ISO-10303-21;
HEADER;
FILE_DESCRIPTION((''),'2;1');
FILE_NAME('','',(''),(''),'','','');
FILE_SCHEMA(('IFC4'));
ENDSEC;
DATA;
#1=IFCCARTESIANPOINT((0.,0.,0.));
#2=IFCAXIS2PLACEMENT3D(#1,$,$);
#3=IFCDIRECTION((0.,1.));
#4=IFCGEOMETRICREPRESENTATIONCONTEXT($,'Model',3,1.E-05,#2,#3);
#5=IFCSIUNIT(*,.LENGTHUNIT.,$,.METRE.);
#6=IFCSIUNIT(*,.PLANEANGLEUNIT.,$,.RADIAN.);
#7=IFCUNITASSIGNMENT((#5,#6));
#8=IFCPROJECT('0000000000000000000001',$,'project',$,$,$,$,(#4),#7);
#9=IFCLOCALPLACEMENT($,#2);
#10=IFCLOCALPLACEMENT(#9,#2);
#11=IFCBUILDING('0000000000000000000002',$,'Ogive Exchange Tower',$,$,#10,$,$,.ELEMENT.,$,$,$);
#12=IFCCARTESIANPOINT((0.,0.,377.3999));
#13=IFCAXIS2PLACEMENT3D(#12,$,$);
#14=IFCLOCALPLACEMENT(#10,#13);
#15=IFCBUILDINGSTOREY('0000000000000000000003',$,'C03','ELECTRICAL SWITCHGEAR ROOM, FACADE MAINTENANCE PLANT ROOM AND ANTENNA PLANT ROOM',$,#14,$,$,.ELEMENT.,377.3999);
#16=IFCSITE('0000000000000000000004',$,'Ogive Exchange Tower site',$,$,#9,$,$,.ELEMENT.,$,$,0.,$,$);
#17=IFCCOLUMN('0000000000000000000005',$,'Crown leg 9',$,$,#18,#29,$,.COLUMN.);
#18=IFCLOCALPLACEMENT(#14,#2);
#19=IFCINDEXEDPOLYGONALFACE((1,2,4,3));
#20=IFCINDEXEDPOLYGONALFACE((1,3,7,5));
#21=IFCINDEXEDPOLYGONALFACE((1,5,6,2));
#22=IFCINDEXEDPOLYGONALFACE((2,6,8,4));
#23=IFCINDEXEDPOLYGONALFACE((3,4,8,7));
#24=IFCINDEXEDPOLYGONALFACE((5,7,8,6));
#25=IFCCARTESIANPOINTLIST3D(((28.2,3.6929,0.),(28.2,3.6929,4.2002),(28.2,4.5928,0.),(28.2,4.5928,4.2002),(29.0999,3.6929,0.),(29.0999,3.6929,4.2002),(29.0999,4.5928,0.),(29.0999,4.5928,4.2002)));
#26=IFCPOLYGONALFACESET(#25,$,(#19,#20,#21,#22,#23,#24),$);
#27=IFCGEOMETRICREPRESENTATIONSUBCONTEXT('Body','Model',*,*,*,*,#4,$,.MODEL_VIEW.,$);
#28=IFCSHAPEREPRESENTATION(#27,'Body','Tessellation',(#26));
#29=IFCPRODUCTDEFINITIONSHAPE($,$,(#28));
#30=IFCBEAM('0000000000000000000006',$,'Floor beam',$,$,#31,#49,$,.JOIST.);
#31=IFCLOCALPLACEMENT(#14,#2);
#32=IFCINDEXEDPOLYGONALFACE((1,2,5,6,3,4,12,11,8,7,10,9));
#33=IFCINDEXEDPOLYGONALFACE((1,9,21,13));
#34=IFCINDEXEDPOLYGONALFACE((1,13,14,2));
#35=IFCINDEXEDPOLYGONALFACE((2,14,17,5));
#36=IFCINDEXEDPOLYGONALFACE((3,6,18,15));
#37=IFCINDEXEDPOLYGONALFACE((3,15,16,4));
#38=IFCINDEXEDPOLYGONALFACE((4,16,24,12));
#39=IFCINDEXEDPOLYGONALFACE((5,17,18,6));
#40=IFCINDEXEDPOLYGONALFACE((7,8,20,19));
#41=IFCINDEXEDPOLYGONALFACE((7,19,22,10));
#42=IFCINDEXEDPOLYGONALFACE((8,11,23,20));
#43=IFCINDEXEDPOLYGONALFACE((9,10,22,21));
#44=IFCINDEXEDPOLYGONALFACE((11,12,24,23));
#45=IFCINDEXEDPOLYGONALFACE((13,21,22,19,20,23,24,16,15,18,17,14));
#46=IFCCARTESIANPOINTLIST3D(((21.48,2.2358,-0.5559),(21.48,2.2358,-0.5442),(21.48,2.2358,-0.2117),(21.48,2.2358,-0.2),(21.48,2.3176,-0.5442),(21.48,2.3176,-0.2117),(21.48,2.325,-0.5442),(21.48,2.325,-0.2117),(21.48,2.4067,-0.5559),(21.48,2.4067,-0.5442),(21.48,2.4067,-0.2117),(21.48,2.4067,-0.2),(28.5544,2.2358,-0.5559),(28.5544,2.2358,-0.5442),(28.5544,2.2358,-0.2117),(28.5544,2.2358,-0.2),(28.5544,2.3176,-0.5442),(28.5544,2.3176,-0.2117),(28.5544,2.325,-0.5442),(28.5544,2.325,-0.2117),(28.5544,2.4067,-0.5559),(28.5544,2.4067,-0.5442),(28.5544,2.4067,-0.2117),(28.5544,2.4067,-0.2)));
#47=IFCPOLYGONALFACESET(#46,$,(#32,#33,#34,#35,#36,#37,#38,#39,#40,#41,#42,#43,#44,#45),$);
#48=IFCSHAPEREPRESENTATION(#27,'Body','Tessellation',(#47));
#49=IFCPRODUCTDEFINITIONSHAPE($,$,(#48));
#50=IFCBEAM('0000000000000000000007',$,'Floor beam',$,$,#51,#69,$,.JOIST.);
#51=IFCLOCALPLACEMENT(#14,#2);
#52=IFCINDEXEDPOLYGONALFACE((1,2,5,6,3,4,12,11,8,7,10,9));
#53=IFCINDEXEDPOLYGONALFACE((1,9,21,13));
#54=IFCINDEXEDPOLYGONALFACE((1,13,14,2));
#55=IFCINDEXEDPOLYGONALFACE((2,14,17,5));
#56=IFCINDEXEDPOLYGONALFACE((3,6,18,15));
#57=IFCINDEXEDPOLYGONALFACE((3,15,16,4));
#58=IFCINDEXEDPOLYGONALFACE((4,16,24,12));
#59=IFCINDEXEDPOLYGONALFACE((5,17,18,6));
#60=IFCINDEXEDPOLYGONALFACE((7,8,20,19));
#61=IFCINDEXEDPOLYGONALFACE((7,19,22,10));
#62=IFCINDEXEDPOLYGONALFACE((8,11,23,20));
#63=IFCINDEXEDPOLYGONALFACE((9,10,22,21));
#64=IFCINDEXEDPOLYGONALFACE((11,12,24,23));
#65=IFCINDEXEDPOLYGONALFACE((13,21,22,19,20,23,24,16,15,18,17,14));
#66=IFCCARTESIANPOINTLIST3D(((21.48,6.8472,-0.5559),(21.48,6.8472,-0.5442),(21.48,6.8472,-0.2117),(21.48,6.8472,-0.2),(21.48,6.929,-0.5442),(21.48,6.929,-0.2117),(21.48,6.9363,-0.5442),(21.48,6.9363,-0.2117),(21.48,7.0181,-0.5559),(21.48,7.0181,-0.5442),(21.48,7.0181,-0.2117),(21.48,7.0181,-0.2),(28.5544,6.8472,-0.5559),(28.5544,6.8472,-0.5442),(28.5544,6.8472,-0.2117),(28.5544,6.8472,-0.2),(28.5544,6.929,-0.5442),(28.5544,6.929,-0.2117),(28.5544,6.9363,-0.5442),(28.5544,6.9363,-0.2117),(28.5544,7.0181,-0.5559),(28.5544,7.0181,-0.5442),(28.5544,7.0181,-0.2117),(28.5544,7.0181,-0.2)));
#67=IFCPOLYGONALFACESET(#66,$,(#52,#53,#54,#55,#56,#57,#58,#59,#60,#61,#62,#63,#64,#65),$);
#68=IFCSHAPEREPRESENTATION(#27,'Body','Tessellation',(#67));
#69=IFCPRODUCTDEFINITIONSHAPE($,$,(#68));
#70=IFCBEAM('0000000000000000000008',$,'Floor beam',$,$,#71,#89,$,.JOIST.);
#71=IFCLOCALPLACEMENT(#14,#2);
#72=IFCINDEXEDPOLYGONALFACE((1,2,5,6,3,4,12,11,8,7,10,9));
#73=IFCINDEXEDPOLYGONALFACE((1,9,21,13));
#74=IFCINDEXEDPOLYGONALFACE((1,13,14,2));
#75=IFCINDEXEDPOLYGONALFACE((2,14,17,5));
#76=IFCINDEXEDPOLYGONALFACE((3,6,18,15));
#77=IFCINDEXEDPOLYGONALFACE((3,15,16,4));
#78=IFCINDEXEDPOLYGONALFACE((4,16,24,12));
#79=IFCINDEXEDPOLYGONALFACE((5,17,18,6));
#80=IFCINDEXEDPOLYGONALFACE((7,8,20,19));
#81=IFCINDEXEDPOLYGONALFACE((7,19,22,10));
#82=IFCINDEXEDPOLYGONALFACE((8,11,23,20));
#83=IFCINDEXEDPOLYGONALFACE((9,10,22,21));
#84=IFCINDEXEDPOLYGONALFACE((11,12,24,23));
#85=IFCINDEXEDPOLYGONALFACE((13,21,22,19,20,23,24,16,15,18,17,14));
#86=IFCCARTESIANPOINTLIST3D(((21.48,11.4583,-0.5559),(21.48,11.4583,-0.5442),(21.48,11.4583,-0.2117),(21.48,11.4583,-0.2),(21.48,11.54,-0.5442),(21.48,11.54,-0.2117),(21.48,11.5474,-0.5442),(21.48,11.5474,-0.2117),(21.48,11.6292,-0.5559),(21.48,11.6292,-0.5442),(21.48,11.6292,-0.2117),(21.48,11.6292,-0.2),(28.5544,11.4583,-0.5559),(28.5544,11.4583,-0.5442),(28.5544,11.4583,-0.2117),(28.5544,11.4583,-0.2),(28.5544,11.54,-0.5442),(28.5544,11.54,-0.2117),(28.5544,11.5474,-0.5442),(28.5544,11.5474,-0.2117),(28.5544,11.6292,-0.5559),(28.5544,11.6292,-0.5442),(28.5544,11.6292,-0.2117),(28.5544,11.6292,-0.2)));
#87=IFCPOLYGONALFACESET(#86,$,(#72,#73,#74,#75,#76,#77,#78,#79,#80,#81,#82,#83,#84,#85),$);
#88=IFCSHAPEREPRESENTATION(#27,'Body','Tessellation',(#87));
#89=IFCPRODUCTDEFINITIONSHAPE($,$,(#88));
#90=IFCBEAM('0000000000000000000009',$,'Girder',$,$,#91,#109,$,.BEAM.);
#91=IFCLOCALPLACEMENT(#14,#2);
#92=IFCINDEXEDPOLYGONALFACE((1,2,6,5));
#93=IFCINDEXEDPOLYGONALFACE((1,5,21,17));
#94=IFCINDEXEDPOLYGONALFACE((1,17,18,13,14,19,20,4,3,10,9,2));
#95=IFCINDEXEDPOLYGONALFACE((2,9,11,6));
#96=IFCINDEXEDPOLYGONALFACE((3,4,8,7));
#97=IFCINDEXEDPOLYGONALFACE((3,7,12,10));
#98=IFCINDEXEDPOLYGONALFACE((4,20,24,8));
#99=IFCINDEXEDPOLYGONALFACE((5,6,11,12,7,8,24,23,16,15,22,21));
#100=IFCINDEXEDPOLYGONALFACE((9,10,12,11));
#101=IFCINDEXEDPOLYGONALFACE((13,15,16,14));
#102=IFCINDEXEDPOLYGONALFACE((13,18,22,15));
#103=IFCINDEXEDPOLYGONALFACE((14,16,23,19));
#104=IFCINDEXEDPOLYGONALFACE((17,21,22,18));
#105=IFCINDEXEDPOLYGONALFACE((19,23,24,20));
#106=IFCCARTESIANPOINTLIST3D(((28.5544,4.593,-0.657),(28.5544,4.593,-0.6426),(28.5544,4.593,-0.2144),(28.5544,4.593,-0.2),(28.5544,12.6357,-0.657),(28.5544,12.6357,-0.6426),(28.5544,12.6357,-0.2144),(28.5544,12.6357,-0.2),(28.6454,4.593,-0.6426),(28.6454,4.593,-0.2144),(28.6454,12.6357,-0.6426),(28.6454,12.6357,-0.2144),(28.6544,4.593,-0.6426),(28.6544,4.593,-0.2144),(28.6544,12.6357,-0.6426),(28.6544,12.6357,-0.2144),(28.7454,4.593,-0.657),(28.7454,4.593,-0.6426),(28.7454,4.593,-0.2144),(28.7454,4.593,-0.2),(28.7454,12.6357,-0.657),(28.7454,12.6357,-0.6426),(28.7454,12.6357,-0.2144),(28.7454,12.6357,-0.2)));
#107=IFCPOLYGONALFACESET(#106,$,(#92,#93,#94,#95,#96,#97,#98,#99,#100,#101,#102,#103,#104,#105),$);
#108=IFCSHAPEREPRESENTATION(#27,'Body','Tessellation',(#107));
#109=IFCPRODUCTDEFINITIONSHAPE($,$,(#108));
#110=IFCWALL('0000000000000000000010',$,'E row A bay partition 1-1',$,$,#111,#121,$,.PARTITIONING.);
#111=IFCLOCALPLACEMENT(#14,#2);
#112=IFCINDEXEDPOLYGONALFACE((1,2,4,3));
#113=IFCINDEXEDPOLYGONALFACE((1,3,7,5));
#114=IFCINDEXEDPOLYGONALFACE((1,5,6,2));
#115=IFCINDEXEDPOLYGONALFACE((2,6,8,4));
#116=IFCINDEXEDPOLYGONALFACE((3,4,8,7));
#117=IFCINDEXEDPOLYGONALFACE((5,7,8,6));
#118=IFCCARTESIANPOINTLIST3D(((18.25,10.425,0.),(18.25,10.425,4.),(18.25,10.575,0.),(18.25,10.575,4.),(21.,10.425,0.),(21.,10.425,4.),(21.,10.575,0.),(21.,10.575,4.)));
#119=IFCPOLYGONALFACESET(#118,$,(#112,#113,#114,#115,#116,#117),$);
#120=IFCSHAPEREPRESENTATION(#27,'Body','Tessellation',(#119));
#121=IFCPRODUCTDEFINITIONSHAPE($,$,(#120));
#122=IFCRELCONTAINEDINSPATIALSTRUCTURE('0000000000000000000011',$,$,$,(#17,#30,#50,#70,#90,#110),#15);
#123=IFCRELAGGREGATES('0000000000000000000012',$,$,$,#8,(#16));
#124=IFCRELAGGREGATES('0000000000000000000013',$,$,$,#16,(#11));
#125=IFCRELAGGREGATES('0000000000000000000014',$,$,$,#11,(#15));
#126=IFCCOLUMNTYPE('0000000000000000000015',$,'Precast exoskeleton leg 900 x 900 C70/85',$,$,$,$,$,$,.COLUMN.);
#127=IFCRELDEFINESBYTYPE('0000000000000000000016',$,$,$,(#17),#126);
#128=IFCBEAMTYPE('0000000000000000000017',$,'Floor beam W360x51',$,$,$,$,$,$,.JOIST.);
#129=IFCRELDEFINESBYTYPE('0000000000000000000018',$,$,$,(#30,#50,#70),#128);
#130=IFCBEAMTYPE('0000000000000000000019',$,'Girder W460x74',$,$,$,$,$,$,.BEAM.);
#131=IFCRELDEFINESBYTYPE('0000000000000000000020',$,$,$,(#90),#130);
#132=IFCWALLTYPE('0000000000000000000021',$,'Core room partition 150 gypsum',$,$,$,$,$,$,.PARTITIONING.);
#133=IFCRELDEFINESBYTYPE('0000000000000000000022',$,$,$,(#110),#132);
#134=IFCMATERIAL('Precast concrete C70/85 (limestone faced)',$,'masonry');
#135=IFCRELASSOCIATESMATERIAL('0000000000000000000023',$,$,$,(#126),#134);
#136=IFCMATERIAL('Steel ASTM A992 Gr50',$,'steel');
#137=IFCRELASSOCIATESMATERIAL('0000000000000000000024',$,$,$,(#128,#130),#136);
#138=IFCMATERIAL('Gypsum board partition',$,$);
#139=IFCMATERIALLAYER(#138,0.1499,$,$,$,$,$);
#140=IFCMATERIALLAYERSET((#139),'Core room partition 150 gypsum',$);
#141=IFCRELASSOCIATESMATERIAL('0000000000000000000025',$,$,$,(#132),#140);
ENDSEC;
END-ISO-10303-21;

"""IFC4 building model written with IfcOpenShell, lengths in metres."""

from ifc_helpers import new_model, si_unit, direction, frame, frame_2d, origin, origin_2d, place, context, subcontext, project, spatial, rectangle, i_section, extrude, material, layer, layer_set, material_profile, profile_set, type_object, element, save


model = new_model("IFC4")

# Units and contexts
model_context = context("Model", 3, precision=1e-05, world=origin(), true_north=direction((0.0, 1.0)))
body_context = subcontext(model_context, "Body", "Model", "MODEL_VIEW")
ifc_project = project(units=[si_unit("LENGTHUNIT", "METRE"), si_unit("PLANEANGLEUNIT", "RADIAN")], contexts=[model_context])

# Site, building, storey
site_placement = place(None, origin())
site = spatial("IfcSite", under=ifc_project, at=site_placement, Name="Ogive Exchange Tower site", CompositionType="ELEMENT", RefElevation=0.0)
building_placement = place(site_placement, origin())
building = spatial("IfcBuilding", under=site, at=building_placement, Name="Ogive Exchange Tower", CompositionType="ELEMENT")
storey_placement = place(building_placement, frame((0.0, 0.0, 377.3999)))
storey = spatial("IfcBuildingStorey", under=building, at=storey_placement, Name="C03", Description="ELECTRICAL SWITCHGEAR ROOM, FACADE MAINTENANCE PLANT ROOM AND ANTENNA PLANT ROOM", CompositionType="ELEMENT", Elevation=377.3999)

# Column
ifc_material_1 = material(Name="Precast concrete C70/85 (limestone faced)", Category="masonry")
ifc_material_profile_1 = material_profile(ifc_material_1, rectangle(XDim=0.8999, YDim=0.8999, at=origin_2d()), Name="900 x 900")
ifc_profile_set_1 = profile_set([ifc_material_profile_1], Name="Precast concrete C70/85 (limestone faced)")
column_type = type_object("IfcColumnType", Name="Precast exoskeleton leg 900 x 900 C70/85", PredefinedType="COLUMN", material=ifc_profile_set_1)
column_placement = place(storey_placement, frame((28.6499, 4.1428, 0.0), z_axis=(0.0, 0.0, 1.0), x_axis=(1.0, 0.0, 0.0)))
element("IfcColumn", 1, at=column_placement, inside=storey, type_object=column_type, Name="Crown leg 9", PredefinedType="COLUMN", context=body_context, shape_type="SweptSolid", body=[
    extrude(rectangle(XDim=0.8999, YDim=0.8999, at=origin_2d()), origin(), (0.0, 0.0, 1.0), 4.2002),
])

# Beams
ifc_material_2 = material(Name="Steel ASTM A992 Gr50", Category="steel")
ifc_material_profile_2 = material_profile(ifc_material_2, i_section(OverallWidth=0.1709, OverallDepth=0.356, WebThickness=0.0073, FlangeThickness=0.0117, at=origin_2d()), Name="W360x51")
ifc_profile_set_2 = profile_set([ifc_material_profile_2], Name="Steel ASTM A992 Gr50")
beam_type_1 = type_object("IfcBeamType", Name="Floor beam W360x51", PredefinedType="JOIST", material=ifc_profile_set_2)
for number, where, z_axis, x_axis, name in (
    (2, (21.48, 2.3213, -0.3779), (1.0, 0.0, 0.0), (0.0, 1.0, 0.0), "Floor beam"),
    (3, (21.48, 6.9326, -0.3779), (1.0, 0.0, 0.0), (0.0, 1.0, 0.0), "Floor beam"),
    (4, (21.48, 11.5437, -0.3779), (1.0, 0.0, 0.0), (0.0, 1.0, 0.0), "Floor beam"),
):
    element("IfcBeam", number, at=place(storey_placement, frame(where, z_axis=z_axis, x_axis=x_axis)), inside=storey, type_object=beam_type_1, Name=name, PredefinedType="JOIST", context=body_context, shape_type="SweptSolid", body=[
        extrude(i_section(OverallWidth=0.1709, OverallDepth=0.356, WebThickness=0.0073, FlangeThickness=0.0117, at=origin_2d()), origin(), (0.0, 0.0, 1.0), 7.0745),
    ])
ifc_material_profile_3 = material_profile(ifc_material_2, i_section(OverallWidth=0.1909, OverallDepth=0.457, WebThickness=0.009, FlangeThickness=0.0144, at=origin_2d()), Name="W460x74")
ifc_profile_set_3 = profile_set([ifc_material_profile_3], Name="Steel ASTM A992 Gr50")
beam_type_2 = type_object("IfcBeamType", Name="Girder W460x74", PredefinedType="BEAM", material=ifc_profile_set_3)
beam_placement = place(storey_placement, frame((28.6499, 4.593, -0.4285), z_axis=(0.0, 1.0, 0.0), x_axis=(-1.0, 0.0, 0.0)))
element("IfcBeam", 5, at=beam_placement, inside=storey, type_object=beam_type_2, Name="Girder", PredefinedType="BEAM", context=body_context, shape_type="SweptSolid", body=[
    extrude(i_section(OverallWidth=0.1909, OverallDepth=0.457, WebThickness=0.009, FlangeThickness=0.0144, at=origin_2d()), origin(), (0.0, 0.0, 1.0), 8.0427),
])

# Wall
ifc_material_3 = material(Name="Gypsum board partition")
ifc_layer_1 = layer(ifc_material_3, 0.1499)
ifc_layer_set_1 = layer_set([ifc_layer_1], Name="Core room partition 150 gypsum")
wall_type_1 = type_object("IfcWallType", Name="Core room partition 150 gypsum", PredefinedType="PARTITIONING", material=ifc_layer_set_1)
wall_1_placement = place(storey_placement, frame((18.25, 10.5, 0.0), z_axis=(0.0, 0.0, 1.0), x_axis=(1.0, 0.0, 0.0)))
element("IfcWall", 6, at=wall_1_placement, inside=storey, type_object=wall_type_1, Name="E row A bay partition 1-1", PredefinedType="PARTITIONING", context=body_context, shape_type="SweptSolid", body=[
    extrude(rectangle(XDim=2.75, YDim=0.1499, at=frame_2d((1.375, 0.0))), origin(), (0.0, 0.0, 1.0), 4.0),
])

save(model, "model.ifc")
